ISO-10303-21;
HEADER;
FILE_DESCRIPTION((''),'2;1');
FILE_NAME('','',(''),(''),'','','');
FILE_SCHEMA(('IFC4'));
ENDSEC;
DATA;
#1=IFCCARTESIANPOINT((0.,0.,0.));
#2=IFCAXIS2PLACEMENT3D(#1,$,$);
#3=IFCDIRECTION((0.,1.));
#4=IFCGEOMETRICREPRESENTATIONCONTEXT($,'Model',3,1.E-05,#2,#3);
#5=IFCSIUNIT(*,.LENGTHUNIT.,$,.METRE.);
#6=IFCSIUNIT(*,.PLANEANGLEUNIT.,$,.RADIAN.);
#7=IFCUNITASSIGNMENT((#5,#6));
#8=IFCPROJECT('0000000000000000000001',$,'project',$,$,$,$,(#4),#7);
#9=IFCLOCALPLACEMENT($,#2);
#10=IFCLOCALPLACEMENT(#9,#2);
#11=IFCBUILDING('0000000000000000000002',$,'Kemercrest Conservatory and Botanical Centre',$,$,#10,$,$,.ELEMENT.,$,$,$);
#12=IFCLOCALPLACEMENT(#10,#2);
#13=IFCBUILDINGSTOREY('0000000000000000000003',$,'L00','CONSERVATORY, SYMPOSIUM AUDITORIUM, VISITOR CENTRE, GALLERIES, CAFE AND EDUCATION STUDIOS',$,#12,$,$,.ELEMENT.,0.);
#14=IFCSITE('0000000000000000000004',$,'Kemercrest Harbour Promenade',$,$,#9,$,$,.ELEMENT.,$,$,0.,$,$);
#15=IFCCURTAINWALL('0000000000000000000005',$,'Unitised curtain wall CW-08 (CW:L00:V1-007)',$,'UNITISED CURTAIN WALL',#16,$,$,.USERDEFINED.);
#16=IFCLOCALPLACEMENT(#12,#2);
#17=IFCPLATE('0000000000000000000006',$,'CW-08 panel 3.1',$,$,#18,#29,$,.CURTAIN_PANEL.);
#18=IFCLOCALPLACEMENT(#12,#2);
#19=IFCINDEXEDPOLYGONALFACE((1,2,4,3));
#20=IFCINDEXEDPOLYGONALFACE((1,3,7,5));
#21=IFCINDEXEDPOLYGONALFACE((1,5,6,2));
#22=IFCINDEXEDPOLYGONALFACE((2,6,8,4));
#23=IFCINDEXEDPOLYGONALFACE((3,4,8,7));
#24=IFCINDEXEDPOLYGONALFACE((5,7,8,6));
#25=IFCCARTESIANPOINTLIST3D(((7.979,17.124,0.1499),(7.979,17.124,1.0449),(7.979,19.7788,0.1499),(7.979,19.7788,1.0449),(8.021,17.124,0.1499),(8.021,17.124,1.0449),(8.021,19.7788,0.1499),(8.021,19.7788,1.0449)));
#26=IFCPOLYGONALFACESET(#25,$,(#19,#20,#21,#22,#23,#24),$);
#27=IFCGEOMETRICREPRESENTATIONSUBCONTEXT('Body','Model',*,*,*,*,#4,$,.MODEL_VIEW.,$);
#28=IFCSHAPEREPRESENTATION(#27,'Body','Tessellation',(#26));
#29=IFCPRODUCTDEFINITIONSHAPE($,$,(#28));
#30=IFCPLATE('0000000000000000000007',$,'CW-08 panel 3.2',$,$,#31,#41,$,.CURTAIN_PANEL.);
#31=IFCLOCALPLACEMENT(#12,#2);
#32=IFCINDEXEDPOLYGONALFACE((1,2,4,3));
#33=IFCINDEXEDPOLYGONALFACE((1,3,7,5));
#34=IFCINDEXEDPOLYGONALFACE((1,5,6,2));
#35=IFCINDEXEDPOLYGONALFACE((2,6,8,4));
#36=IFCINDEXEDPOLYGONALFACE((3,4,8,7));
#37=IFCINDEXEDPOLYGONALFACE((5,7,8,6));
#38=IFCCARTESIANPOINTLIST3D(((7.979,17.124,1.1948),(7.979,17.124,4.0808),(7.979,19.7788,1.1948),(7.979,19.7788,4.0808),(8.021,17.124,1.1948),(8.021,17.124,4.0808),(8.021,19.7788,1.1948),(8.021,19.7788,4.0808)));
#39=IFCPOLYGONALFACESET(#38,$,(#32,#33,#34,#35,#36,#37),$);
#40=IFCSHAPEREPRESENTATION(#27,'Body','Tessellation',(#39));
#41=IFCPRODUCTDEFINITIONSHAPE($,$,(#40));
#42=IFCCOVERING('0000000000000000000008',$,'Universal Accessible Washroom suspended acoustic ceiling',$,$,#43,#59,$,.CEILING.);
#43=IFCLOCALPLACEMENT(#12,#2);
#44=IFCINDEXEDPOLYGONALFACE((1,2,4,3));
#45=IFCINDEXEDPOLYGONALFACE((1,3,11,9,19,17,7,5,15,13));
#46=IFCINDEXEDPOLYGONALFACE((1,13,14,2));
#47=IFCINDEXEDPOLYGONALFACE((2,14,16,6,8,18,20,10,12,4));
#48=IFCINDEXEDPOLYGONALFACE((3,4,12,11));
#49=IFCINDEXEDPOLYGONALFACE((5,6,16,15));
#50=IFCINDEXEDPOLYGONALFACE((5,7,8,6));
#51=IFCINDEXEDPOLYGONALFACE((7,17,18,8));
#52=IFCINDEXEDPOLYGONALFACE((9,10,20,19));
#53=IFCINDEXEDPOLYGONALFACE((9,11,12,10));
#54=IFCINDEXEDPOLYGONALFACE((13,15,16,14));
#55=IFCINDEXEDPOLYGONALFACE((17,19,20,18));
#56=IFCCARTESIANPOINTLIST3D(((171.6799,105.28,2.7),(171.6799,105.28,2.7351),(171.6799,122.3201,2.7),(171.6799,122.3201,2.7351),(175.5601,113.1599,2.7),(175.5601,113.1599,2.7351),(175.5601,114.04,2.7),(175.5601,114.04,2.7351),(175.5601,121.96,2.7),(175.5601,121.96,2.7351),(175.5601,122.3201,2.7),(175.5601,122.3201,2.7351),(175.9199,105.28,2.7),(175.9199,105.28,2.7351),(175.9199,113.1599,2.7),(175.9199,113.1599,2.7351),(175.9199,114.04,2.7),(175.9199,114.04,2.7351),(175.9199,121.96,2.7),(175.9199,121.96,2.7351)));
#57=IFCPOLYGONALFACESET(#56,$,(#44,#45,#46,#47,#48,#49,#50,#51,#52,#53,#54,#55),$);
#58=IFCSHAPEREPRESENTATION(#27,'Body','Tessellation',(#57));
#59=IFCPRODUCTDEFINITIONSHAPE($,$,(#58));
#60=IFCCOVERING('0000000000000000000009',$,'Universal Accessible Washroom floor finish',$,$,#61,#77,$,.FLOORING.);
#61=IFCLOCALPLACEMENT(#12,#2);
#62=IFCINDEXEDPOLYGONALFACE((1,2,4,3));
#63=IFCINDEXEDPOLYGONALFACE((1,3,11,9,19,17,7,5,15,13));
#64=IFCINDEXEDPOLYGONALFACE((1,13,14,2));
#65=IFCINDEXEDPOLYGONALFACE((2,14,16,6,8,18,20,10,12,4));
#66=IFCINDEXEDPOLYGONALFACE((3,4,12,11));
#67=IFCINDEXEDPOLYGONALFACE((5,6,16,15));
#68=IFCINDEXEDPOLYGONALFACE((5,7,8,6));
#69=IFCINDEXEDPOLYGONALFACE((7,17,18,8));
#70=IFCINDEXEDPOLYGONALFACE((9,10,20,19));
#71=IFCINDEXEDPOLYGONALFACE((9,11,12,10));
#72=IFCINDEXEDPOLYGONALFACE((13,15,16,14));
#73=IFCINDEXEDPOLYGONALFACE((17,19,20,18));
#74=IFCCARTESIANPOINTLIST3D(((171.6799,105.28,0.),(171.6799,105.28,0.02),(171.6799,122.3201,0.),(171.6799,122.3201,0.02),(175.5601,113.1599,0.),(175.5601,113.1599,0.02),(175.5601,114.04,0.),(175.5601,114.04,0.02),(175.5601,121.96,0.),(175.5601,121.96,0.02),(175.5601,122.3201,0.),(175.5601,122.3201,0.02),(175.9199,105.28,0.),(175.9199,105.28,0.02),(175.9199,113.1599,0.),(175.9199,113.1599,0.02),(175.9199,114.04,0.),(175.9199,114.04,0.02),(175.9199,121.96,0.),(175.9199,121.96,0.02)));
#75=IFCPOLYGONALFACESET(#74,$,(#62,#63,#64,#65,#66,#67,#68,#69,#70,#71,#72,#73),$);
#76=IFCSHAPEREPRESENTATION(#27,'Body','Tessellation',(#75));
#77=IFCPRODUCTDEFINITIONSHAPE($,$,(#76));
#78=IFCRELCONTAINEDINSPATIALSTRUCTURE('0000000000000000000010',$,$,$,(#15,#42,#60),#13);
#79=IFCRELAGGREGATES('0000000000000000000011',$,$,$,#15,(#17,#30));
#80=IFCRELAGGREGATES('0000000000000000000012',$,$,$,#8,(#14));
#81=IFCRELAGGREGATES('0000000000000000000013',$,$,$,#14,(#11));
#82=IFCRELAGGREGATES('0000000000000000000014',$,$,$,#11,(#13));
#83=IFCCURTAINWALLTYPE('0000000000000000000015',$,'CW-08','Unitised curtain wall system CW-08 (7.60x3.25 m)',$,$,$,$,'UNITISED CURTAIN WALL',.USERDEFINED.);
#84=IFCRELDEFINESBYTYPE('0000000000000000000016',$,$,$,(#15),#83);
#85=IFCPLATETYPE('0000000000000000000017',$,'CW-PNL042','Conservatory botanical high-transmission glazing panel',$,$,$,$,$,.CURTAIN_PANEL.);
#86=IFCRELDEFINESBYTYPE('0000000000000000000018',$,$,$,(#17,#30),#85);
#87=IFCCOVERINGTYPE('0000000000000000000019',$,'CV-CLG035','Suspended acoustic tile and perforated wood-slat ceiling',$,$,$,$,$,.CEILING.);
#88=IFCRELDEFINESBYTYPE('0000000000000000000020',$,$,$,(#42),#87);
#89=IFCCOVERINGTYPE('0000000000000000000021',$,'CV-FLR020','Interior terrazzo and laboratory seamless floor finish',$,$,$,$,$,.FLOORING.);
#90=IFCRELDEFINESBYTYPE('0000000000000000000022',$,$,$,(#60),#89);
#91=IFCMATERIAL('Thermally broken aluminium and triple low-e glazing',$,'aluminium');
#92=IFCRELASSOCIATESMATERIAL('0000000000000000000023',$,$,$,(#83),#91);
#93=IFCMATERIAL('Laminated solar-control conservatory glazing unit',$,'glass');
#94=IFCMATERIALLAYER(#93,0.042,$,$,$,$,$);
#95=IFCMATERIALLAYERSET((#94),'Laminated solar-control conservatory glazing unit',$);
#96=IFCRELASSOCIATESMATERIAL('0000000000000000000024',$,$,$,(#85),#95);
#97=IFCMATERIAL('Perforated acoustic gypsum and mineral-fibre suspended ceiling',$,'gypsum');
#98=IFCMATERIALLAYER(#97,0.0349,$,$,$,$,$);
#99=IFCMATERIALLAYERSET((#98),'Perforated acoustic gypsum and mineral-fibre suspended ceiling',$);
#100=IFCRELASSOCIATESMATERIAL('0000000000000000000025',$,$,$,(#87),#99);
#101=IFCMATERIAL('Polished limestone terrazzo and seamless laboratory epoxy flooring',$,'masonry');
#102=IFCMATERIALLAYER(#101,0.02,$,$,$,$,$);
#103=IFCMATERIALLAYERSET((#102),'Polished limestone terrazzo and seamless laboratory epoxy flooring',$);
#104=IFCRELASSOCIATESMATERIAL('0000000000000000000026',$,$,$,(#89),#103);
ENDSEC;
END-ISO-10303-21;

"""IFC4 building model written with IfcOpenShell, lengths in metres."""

from ifc_helpers import new_model, si_unit, direction, frame, origin, origin_2d, place, context, subcontext, project, spatial, polyline, rectangle, outline, extrude, material, layer, layer_set, type_object, element, aggregate, save


model = new_model("IFC4")

# Units and contexts
model_context = context("Model", 3, precision=1e-05, world=origin(), true_north=direction((0.0, 1.0)))
body_context = subcontext(model_context, "Body", "Model", "MODEL_VIEW")
ifc_project = project(units=[si_unit("LENGTHUNIT", "METRE"), si_unit("PLANEANGLEUNIT", "RADIAN")], contexts=[model_context])

# Site, building, storey
site_placement = place(None, origin())
site = spatial("IfcSite", under=ifc_project, at=site_placement, Name="Kemercrest Harbour Promenade", CompositionType="ELEMENT", RefElevation=0.0)
building_placement = place(site_placement, origin())
building = spatial("IfcBuilding", under=site, at=building_placement, Name="Kemercrest Conservatory and Botanical Centre", CompositionType="ELEMENT")
storey_placement = place(building_placement, origin())
storey = spatial("IfcBuildingStorey", under=building, at=storey_placement, Name="L00", Description="CONSERVATORY, SYMPOSIUM AUDITORIUM, VISITOR CENTRE, GALLERIES, CAFE AND EDUCATION STUDIOS", CompositionType="ELEMENT", Elevation=0.0)

# Curtain wall
ifc_material_1 = material(Name="Thermally broken aluminium and triple low-e glazing", Category="aluminium")
curtain_wall_type = type_object("IfcCurtainWallType", Name="CW-08", Description="Unitised curtain wall system CW-08 (7.60x3.25 m)", ElementType="UNITISED CURTAIN WALL", PredefinedType="USERDEFINED", material=ifc_material_1)
curtain_wall_placement = place(storey_placement, origin())
curtain_wall = element("IfcCurtainWall", 1, at=curtain_wall_placement, inside=storey, type_object=curtain_wall_type, Name="Unitised curtain wall CW-08 (CW:L00:V1-007)", ObjectType="UNITISED CURTAIN WALL", PredefinedType="USERDEFINED")

# Plates
ifc_material_2 = material(Name="Laminated solar-control conservatory glazing unit", Category="glass")
ifc_layer_1 = layer(ifc_material_2, 0.042)
ifc_layer_set_1 = layer_set([ifc_layer_1], Name="Laminated solar-control conservatory glazing unit")
plate_type = type_object("IfcPlateType", Name="CW-PNL042", Description="Conservatory botanical high-transmission glazing panel", PredefinedType="CURTAIN_PANEL", material=ifc_layer_set_1)
plate_1_placement = place(storey_placement, frame((8.0, 18.4514, 0.1499), z_axis=(0.0, 0.0, 1.0), x_axis=(0.0, -1.0, 0.0)))
plate_1 = element("IfcPlate", 2, at=plate_1_placement, type_object=plate_type, Name="CW-08 panel 3.1", PredefinedType="CURTAIN_PANEL", context=body_context, shape_type="SweptSolid", body=[
    extrude(rectangle(XDim=2.6548, YDim=0.042, at=origin_2d()), origin(), (0.0, 0.0, 1.0), 0.895),
])
plate_2_placement = place(storey_placement, frame((8.0, 18.4514, 1.1948), z_axis=(0.0, 0.0, 1.0), x_axis=(0.0, -1.0, 0.0)))
plate_2 = element("IfcPlate", 3, at=plate_2_placement, type_object=plate_type, Name="CW-08 panel 3.2", PredefinedType="CURTAIN_PANEL", context=body_context, shape_type="SweptSolid", body=[
    extrude(rectangle(XDim=2.6548, YDim=0.042, at=origin_2d()), origin(), (0.0, 0.0, 1.0), 2.886),
])
aggregate(curtain_wall, [plate_1, plate_2])

# Coverings
ifc_material_3 = material(Name="Perforated acoustic gypsum and mineral-fibre suspended ceiling", Category="gypsum")
ifc_layer_2 = layer(ifc_material_3, 0.0349)
ifc_layer_set_2 = layer_set([ifc_layer_2], Name="Perforated acoustic gypsum and mineral-fibre suspended ceiling")
covering_type_1 = type_object("IfcCoveringType", Name="CV-CLG035", Description="Suspended acoustic tile and perforated wood-slat ceiling", PredefinedType="CEILING", material=ifc_layer_set_2)
covering_1_placement = place(storey_placement, frame((0.0, 0.0, 2.7)))
element("IfcCovering", 4, at=covering_1_placement, inside=storey, type_object=covering_type_1, Name="Universal Accessible Washroom suspended acoustic ceiling", PredefinedType="CEILING", context=body_context, shape_type="SweptSolid", body=[
    extrude(outline(polyline([(171.6799, 105.28), (175.9199, 105.28), (175.9199, 113.1599), (175.5601, 113.1599), (175.5601, 114.04), (175.9199, 114.04), (175.9199, 121.96), (175.5601, 121.96), (175.5601, 122.3201), (171.6799, 122.3201), (171.6799, 105.28)])), origin(), (0.0, 0.0, 1.0), 0.0352),
])
ifc_material_4 = material(Name="Polished limestone terrazzo and seamless laboratory epoxy flooring", Category="masonry")
ifc_layer_3 = layer(ifc_material_4, 0.02)
ifc_layer_set_3 = layer_set([ifc_layer_3], Name="Polished limestone terrazzo and seamless laboratory epoxy flooring")
covering_type_2 = type_object("IfcCoveringType", Name="CV-FLR020", Description="Interior terrazzo and laboratory seamless floor finish", PredefinedType="FLOORING", material=ifc_layer_set_3)
covering_2_placement = place(storey_placement, origin())
element("IfcCovering", 5, at=covering_2_placement, inside=storey, type_object=covering_type_2, Name="Universal Accessible Washroom floor finish", PredefinedType="FLOORING", context=body_context, shape_type="SweptSolid", body=[
    extrude(outline(polyline([(171.6799, 105.28), (175.9199, 105.28), (175.9199, 113.1599), (175.5601, 113.1599), (175.5601, 114.04), (175.9199, 114.04), (175.9199, 121.96), (175.5601, 121.96), (175.5601, 122.3201), (171.6799, 122.3201), (171.6799, 105.28)])), origin(), (0.0, 0.0, 1.0), 0.02),
])

save(model, "model.ifc")
